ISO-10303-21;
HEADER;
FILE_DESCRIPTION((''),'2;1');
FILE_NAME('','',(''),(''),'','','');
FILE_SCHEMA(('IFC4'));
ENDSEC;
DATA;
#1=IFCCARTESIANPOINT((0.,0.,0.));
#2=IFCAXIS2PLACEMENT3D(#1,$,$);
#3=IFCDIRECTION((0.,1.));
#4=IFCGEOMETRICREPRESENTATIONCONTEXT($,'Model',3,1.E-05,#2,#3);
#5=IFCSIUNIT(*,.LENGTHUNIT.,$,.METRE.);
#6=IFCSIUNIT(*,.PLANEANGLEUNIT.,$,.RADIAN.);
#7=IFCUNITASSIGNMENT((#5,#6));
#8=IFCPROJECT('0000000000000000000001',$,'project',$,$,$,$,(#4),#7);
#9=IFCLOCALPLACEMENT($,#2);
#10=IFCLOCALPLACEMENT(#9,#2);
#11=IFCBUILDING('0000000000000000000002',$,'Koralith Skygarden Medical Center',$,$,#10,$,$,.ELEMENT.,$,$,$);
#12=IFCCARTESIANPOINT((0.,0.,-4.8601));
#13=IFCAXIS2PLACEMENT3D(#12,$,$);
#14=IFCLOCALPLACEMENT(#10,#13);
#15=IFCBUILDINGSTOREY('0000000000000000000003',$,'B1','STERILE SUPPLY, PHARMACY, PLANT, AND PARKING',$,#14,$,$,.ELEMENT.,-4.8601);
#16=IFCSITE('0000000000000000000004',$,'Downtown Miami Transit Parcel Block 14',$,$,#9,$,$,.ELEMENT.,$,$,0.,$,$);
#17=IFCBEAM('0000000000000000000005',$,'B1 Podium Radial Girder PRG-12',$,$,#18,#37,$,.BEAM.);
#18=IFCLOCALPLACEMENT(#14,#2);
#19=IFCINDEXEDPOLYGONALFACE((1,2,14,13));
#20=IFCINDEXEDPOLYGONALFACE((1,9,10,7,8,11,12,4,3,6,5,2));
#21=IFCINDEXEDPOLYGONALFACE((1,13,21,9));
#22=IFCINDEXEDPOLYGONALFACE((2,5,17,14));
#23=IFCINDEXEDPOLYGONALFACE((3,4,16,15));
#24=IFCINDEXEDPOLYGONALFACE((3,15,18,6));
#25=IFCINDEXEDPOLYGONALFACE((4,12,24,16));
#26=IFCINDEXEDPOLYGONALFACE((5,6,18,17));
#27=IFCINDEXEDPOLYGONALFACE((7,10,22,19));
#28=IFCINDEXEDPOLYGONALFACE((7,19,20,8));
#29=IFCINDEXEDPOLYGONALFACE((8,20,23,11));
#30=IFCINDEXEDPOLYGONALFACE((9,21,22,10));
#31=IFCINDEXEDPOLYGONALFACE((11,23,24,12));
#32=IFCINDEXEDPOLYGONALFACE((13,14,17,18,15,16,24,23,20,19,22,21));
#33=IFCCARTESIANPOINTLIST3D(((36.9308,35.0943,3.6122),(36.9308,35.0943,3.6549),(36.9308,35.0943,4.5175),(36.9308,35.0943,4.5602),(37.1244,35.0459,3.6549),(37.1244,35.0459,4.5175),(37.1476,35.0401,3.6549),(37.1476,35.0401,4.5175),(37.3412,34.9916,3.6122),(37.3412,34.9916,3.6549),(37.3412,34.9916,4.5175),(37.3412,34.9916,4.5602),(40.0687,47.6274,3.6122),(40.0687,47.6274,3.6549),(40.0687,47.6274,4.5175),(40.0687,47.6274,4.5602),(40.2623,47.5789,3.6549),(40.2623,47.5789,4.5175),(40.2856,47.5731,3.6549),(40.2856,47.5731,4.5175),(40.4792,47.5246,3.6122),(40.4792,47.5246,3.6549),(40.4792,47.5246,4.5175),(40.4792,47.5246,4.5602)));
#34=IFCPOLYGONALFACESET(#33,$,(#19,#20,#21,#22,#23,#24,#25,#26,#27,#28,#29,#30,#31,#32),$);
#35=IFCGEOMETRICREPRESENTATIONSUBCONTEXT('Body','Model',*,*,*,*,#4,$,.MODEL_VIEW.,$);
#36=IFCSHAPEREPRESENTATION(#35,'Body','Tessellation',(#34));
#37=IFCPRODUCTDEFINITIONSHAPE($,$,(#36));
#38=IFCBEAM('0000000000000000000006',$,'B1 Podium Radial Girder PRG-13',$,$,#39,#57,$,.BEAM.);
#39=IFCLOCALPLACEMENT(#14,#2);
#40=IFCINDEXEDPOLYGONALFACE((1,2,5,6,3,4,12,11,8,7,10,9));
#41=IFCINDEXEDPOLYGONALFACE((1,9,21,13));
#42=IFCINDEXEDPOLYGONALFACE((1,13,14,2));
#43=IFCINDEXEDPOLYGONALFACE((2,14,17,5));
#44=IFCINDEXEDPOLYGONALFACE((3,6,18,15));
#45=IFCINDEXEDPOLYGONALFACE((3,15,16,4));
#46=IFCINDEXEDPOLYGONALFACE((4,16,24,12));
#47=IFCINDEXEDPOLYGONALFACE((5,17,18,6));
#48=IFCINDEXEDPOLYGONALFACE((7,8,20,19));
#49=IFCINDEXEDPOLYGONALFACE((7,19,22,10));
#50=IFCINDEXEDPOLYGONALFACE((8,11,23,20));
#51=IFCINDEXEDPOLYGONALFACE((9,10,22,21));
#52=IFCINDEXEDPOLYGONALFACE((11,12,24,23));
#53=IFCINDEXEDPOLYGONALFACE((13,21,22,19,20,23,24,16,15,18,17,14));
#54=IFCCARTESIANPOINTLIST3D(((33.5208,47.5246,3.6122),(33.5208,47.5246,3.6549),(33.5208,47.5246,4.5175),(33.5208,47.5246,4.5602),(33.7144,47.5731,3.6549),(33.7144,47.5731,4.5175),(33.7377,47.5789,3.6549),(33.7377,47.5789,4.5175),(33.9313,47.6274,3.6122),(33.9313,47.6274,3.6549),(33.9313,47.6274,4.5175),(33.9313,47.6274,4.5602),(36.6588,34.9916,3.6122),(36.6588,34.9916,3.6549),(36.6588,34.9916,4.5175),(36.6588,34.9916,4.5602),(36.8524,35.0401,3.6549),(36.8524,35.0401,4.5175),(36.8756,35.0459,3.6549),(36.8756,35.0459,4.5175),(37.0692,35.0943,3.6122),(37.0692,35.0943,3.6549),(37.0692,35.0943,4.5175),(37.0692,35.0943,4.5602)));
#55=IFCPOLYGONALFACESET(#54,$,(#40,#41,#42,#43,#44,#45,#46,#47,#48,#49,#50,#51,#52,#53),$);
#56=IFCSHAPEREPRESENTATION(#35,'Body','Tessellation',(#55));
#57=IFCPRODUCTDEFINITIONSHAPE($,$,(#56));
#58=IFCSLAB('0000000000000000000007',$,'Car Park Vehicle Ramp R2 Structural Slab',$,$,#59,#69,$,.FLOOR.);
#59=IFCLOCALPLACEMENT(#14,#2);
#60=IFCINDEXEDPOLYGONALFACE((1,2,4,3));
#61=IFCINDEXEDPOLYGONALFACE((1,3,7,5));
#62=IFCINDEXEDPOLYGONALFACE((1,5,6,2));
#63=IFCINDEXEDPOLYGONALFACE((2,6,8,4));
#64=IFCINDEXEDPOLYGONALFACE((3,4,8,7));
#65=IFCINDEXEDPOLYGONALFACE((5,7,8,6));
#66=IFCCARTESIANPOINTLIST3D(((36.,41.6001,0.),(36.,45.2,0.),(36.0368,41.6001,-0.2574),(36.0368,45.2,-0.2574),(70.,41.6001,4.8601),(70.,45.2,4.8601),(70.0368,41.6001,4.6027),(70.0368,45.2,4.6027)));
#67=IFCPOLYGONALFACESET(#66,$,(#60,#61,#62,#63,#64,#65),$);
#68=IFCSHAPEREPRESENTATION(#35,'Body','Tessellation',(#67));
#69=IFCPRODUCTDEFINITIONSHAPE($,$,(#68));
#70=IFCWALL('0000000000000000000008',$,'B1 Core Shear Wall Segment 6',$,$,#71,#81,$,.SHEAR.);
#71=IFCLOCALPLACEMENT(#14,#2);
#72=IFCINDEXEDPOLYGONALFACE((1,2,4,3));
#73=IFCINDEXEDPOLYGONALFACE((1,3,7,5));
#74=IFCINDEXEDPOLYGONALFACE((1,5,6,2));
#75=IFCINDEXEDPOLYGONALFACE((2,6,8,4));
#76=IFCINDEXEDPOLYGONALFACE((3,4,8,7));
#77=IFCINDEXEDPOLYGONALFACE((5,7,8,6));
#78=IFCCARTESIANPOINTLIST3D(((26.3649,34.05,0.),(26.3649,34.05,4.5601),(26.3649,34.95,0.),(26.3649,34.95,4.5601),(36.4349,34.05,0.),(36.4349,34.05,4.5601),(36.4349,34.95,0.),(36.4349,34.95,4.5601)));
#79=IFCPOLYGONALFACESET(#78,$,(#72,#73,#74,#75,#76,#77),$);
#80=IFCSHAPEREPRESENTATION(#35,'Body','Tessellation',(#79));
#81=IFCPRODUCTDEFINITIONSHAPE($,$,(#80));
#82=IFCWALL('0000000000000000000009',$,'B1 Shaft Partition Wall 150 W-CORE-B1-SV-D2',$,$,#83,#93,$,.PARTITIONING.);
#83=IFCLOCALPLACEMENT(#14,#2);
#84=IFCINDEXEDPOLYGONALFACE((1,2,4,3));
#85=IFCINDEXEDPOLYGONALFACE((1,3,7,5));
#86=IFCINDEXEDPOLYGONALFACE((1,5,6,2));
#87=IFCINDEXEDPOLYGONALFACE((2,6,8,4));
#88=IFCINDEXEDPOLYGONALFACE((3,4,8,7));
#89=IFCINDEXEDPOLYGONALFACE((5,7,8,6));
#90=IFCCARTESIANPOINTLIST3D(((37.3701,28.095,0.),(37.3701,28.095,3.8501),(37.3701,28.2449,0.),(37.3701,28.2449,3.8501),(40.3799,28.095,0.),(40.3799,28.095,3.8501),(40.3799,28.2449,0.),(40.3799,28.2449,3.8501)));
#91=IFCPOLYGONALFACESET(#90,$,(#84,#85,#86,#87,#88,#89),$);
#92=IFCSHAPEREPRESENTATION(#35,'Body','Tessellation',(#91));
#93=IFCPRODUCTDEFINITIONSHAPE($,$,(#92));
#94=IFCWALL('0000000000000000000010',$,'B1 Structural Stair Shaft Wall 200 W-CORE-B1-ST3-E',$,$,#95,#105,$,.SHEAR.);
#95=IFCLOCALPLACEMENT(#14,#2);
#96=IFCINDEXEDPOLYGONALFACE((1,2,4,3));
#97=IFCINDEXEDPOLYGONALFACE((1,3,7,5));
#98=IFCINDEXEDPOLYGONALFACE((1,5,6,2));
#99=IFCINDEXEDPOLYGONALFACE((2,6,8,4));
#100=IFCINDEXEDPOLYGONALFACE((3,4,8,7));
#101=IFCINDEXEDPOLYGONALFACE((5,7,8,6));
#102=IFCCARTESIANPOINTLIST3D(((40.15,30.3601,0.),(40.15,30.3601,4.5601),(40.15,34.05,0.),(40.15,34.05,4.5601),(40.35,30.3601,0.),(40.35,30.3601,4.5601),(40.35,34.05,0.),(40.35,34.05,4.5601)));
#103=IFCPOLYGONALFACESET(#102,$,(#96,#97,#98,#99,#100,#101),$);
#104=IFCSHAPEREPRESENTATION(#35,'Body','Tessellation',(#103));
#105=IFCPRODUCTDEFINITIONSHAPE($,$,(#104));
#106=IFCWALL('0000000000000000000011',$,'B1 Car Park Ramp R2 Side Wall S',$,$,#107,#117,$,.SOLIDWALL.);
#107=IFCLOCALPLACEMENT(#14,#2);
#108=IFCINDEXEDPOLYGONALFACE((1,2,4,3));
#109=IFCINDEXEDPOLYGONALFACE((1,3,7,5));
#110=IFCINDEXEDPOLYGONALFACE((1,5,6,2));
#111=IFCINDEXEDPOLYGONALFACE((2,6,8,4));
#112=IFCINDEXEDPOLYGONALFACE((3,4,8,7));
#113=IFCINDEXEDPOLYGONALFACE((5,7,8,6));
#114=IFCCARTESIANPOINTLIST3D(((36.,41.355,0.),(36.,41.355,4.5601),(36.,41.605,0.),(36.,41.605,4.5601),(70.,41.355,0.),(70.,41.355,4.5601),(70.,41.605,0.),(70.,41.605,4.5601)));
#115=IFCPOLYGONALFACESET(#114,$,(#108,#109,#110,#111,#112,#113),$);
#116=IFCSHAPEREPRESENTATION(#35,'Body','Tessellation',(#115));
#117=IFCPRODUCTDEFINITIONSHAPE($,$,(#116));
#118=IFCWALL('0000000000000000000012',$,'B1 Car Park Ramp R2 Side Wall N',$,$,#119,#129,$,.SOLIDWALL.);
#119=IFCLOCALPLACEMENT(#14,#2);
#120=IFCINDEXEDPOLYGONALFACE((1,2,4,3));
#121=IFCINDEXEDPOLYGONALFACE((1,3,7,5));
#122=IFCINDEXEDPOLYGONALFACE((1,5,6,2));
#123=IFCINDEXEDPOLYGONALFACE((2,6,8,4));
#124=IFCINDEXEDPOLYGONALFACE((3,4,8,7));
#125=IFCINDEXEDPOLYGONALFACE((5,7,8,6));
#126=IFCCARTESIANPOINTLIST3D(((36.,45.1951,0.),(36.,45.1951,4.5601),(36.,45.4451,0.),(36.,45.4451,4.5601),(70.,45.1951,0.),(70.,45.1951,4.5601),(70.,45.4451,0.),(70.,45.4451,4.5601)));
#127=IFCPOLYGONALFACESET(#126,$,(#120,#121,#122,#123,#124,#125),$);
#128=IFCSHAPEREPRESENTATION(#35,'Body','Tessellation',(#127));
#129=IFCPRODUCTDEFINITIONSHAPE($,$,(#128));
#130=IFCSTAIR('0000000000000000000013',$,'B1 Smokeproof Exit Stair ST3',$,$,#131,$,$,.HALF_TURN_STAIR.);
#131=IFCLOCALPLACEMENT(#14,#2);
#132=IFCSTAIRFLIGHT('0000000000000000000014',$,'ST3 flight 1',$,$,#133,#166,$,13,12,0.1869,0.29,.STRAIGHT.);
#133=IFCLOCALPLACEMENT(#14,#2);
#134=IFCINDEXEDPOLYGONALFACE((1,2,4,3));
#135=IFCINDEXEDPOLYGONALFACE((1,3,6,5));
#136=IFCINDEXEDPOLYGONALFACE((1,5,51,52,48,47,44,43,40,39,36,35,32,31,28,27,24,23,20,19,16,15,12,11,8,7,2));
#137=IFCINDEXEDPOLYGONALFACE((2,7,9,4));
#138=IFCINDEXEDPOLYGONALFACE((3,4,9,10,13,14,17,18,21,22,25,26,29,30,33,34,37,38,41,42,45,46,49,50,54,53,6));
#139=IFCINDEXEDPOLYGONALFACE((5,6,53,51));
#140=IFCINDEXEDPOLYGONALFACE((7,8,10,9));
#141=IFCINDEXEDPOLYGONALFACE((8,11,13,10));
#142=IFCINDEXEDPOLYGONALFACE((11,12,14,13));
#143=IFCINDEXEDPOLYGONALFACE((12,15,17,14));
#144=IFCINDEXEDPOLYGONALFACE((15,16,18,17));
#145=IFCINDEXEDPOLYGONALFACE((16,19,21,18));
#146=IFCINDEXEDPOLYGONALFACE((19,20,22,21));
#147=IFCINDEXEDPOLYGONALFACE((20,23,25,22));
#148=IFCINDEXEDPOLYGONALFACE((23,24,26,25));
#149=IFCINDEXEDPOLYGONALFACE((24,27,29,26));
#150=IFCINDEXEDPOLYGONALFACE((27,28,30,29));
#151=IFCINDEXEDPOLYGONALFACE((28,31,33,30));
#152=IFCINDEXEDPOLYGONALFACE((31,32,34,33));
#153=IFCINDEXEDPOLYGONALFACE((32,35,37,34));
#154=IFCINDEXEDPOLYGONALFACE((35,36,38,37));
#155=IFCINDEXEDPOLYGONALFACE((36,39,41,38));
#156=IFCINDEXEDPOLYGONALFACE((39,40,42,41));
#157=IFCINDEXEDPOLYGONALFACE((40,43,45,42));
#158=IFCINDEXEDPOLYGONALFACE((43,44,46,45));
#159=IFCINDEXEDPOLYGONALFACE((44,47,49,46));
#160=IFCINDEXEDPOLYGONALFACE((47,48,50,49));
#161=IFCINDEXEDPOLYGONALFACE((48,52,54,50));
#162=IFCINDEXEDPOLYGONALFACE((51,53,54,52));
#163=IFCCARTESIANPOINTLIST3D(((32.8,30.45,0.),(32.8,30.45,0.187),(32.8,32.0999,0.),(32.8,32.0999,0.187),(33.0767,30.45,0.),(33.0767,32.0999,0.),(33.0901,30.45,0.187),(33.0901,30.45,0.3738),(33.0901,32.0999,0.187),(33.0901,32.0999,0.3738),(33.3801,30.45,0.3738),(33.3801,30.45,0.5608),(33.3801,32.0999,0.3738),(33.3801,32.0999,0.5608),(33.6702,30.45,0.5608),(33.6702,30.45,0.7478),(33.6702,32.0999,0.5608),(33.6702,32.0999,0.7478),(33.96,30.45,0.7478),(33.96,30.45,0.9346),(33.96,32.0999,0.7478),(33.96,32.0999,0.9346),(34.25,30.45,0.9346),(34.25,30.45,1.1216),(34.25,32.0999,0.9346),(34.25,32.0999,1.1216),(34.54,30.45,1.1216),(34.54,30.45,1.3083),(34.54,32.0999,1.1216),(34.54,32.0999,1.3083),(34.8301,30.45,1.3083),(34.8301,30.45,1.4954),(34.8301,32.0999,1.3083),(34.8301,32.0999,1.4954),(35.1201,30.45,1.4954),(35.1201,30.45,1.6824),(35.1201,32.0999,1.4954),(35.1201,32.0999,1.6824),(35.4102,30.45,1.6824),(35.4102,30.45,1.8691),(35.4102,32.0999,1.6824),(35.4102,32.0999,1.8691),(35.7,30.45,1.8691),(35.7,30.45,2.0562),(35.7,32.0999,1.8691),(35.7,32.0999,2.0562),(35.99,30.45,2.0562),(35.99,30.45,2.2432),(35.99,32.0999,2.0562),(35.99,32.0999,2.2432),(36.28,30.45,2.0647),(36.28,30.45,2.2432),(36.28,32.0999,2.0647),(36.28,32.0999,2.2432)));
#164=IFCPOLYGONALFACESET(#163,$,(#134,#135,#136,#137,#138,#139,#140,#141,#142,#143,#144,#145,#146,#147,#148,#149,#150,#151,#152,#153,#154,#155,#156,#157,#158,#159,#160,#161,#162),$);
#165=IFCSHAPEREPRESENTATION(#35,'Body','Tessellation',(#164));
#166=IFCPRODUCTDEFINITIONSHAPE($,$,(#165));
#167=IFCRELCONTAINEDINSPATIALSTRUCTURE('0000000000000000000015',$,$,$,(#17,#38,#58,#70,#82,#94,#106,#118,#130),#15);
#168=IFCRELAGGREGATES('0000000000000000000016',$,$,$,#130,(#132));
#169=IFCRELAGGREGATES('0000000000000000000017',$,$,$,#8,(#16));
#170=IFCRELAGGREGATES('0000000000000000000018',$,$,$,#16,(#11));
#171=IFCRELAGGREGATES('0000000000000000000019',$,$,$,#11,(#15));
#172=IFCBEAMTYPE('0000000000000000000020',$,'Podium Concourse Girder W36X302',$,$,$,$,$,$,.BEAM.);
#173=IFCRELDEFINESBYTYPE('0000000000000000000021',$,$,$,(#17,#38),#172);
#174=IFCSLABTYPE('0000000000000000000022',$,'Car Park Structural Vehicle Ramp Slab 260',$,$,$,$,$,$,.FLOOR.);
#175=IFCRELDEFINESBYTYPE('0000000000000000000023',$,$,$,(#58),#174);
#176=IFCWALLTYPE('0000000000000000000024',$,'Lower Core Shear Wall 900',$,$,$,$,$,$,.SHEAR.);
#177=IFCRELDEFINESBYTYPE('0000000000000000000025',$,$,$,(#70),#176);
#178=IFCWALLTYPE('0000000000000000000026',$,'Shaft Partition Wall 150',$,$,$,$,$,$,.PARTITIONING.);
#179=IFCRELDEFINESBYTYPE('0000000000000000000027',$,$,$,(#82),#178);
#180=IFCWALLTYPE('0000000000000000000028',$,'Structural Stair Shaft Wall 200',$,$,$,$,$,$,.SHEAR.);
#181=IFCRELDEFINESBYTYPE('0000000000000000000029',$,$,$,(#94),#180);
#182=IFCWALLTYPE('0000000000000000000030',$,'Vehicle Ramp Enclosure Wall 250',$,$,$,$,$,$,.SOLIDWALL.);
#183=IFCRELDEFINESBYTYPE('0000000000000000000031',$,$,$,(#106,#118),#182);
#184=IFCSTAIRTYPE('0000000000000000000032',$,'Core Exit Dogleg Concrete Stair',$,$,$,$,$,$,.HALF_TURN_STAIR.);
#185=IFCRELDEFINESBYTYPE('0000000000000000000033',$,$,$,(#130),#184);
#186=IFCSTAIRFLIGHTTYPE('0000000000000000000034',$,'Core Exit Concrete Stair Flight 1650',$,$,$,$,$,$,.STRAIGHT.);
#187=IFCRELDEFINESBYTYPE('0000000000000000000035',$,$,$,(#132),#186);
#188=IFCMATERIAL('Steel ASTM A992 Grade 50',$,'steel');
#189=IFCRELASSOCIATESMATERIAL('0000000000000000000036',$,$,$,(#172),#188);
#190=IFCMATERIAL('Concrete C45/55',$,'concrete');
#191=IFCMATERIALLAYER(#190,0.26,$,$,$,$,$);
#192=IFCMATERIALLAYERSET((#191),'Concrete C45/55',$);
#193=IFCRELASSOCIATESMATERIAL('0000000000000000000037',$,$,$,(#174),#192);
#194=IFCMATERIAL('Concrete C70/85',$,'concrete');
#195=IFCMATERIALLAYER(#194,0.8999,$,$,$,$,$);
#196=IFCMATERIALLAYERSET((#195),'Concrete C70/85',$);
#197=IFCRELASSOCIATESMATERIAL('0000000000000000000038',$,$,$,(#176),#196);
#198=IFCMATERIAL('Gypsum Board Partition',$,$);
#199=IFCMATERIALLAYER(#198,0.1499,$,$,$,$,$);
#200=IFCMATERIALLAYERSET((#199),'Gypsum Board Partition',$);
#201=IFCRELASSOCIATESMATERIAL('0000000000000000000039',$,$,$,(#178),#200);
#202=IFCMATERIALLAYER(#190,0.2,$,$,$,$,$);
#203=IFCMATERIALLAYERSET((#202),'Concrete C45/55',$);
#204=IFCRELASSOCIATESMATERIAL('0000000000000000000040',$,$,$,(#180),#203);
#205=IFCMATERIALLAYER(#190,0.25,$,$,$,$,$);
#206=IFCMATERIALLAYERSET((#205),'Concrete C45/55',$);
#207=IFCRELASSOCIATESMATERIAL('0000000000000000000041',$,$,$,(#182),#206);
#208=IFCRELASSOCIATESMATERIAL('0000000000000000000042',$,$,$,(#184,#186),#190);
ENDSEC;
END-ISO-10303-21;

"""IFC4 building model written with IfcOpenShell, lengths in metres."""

from ifc_helpers import new_model, si_unit, direction, frame, frame_2d, origin, origin_2d, place, context, subcontext, project, spatial, polyline, rectangle, i_section, outline, extrude, material, layer, layer_set, material_profile, profile_set, type_object, element, aggregate, save


model = new_model("IFC4")

# Units and contexts
model_context = context("Model", 3, precision=1e-05, world=origin(), true_north=direction((0.0, 1.0)))
body_context = subcontext(model_context, "Body", "Model", "MODEL_VIEW")
ifc_project = project(units=[si_unit("LENGTHUNIT", "METRE"), si_unit("PLANEANGLEUNIT", "RADIAN")], contexts=[model_context])

# Site, building, storey
site_placement = place(None, origin())
site = spatial("IfcSite", under=ifc_project, at=site_placement, Name="Downtown Miami Transit Parcel Block 14", CompositionType="ELEMENT", RefElevation=0.0)
building_placement = place(site_placement, origin())
building = spatial("IfcBuilding", under=site, at=building_placement, Name="Koralith Skygarden Medical Center", CompositionType="ELEMENT")
storey_placement = place(building_placement, frame((0.0, 0.0, -4.8601)))
storey = spatial("IfcBuildingStorey", under=building, at=storey_placement, Name="B1", Description="STERILE SUPPLY, PHARMACY, PLANT, AND PARKING", CompositionType="ELEMENT", Elevation=-4.8601)

# Shared definitions
ifc_material_1 = material(Name="Concrete C70/85", Category="concrete")

# Beams
ifc_material_2 = material(Name="Steel ASTM A992 Grade 50", Category="steel")
ifc_material_profile_1 = material_profile(ifc_material_2, i_section(OverallWidth=0.4231, OverallDepth=0.948, WebThickness=0.0239, FlangeThickness=0.0427, at=origin_2d()), Name="W36X302")
ifc_profile_set_1 = profile_set([ifc_material_profile_1], Name="Steel ASTM A992 Grade 50")
beam_type_1 = type_object("IfcBeamType", Name="Podium Concourse Girder W36X302", PredefinedType="BEAM", material=ifc_profile_set_1)
for number, where, z_axis, x_axis, name in (
    (1, (37.136, 35.043, 4.0862), (0.242878, 0.970057, 0.0), (-0.970057, 0.242878, 0.0), "B1 Podium Radial Girder PRG-12"),
    (2, (36.864, 35.043, 4.0862), (-0.242878, 0.970057, 0.0), (-0.970057, -0.242878, 0.0), "B1 Podium Radial Girder PRG-13"),
):
    element("IfcBeam", number, at=place(storey_placement, frame(where, z_axis=z_axis, x_axis=x_axis)), inside=storey, type_object=beam_type_1, Name=name, PredefinedType="BEAM", context=body_context, shape_type="SweptSolid", body=[
        extrude(i_section(OverallWidth=0.4231, OverallDepth=0.948, WebThickness=0.0239, FlangeThickness=0.0427, at=origin_2d()), origin(), (0.0, 0.0, 1.0), 12.9199),
    ])

# Slab
ifc_material_3 = material(Name="Concrete C45/55", Category="concrete")
ifc_layer_1 = layer(ifc_material_3, 0.26)
ifc_layer_set_1 = layer_set([ifc_layer_1], Name="Concrete C45/55")
slab_type = type_object("IfcSlabType", Name="Car Park Structural Vehicle Ramp Slab 260", PredefinedType="FLOOR", material=ifc_layer_set_1)
slab_placement = place(storey_placement, frame((36.0, 41.6001, 0.0), z_axis=(-0.141506, 0.0, 0.989937), x_axis=(0.989937, 0.0, 0.141506)))
element("IfcSlab", 3, at=slab_placement, inside=storey, type_object=slab_type, Name="Car Park Vehicle Ramp R2 Structural Slab", PredefinedType="FLOOR", context=body_context, shape_type="SweptSolid", body=[
    extrude(outline(polyline([(0.0, 0.0), (34.3456, 0.0), (34.3456, 3.5999), (0.0, 3.5999), (0.0, 0.0)])), origin(), (0.0, 0.0, -1.0), 0.26),
])

# Walls
ifc_layer_2 = layer(ifc_material_1, 0.8999)
ifc_layer_set_2 = layer_set([ifc_layer_2], Name="Concrete C70/85")
wall_type_1 = type_object("IfcWallType", Name="Lower Core Shear Wall 900", PredefinedType="SHEAR", material=ifc_layer_set_2)
wall_1_placement = place(storey_placement, frame((36.4351, 34.5, 0.0), z_axis=(0.0, 0.0, 1.0), x_axis=(-1.0, 0.0, 0.0)))
element("IfcWall", 4, at=wall_1_placement, inside=storey, type_object=wall_type_1, Name="B1 Core Shear Wall Segment 6", PredefinedType="SHEAR", context=body_context, shape_type="SweptSolid", body=[
    extrude(rectangle(XDim=10.0701, YDim=0.8999, at=frame_2d((5.0352, 0.0))), origin(), (0.0, 0.0, 1.0), 4.5601),
])
ifc_material_4 = material(Name="Gypsum Board Partition")
ifc_layer_3 = layer(ifc_material_4, 0.1499)
ifc_layer_set_3 = layer_set([ifc_layer_3], Name="Gypsum Board Partition")
wall_type_2 = type_object("IfcWallType", Name="Shaft Partition Wall 150", PredefinedType="PARTITIONING", material=ifc_layer_set_3)
wall_2_placement = place(storey_placement, frame((37.3701, 28.1699, 0.0), z_axis=(0.0, 0.0, 1.0), x_axis=(1.0, 0.0, 0.0)))
element("IfcWall", 5, at=wall_2_placement, inside=storey, type_object=wall_type_2, Name="B1 Shaft Partition Wall 150 W-CORE-B1-SV-D2", PredefinedType="PARTITIONING", context=body_context, shape_type="SweptSolid", body=[
    extrude(rectangle(XDim=3.0098, YDim=0.1499, at=frame_2d((1.5049, 0.0))), origin(), (0.0, 0.0, 1.0), 3.8501),
])
ifc_layer_4 = layer(ifc_material_3, 0.2)
ifc_layer_set_4 = layer_set([ifc_layer_4], Name="Concrete C45/55")
wall_type_3 = type_object("IfcWallType", Name="Structural Stair Shaft Wall 200", PredefinedType="SHEAR", material=ifc_layer_set_4)
wall_3_placement = place(storey_placement, frame((40.25, 30.3601, 0.0), z_axis=(0.0, 0.0, 1.0), x_axis=(0.0, 1.0, 0.0)))
element("IfcWall", 6, at=wall_3_placement, inside=storey, type_object=wall_type_3, Name="B1 Structural Stair Shaft Wall 200 W-CORE-B1-ST3-E", PredefinedType="SHEAR", context=body_context, shape_type="SweptSolid", body=[
    extrude(rectangle(XDim=3.6899, YDim=0.2, at=frame_2d((1.845, 0.0))), origin(), (0.0, 0.0, 1.0), 4.5601),
])
ifc_layer_5 = layer(ifc_material_3, 0.25)
ifc_layer_set_5 = layer_set([ifc_layer_5], Name="Concrete C45/55")
wall_type_4 = type_object("IfcWallType", Name="Vehicle Ramp Enclosure Wall 250", PredefinedType="SOLIDWALL", material=ifc_layer_set_5)
for number, where, z_axis, x_axis, name in (
    (7, (36.0, 41.48, 0.0), (0.0, 0.0, 1.0), (1.0, 0.0, 0.0), "B1 Car Park Ramp R2 Side Wall S"),
    (8, (36.0, 45.3201, 0.0), (0.0, 0.0, 1.0), (1.0, 0.0, 0.0), "B1 Car Park Ramp R2 Side Wall N"),
):
    element("IfcWall", number, at=place(storey_placement, frame(where, z_axis=z_axis, x_axis=x_axis)), inside=storey, type_object=wall_type_4, Name=name, PredefinedType="SOLIDWALL", context=body_context, shape_type="SweptSolid", body=[
        extrude(rectangle(XDim=34.0, YDim=0.25, at=frame_2d((17.0, 0.0))), origin(), (0.0, 0.0, 1.0), 4.5601),
    ])

# Stair, stair flight
stair_type = type_object("IfcStairType", Name="Core Exit Dogleg Concrete Stair", PredefinedType="HALF_TURN_STAIR", material=ifc_material_3)
stair_placement = place(storey_placement, origin())
stair = element("IfcStair", 9, at=stair_placement, inside=storey, type_object=stair_type, Name="B1 Smokeproof Exit Stair ST3", PredefinedType="HALF_TURN_STAIR")
stair_flight_type = type_object("IfcStairFlightType", Name="Core Exit Concrete Stair Flight 1650", PredefinedType="STRAIGHT", material=ifc_material_3)
stair_flight_1_placement = place(storey_placement, frame((32.8, 31.2749, 0.0), z_axis=(0.0, 0.0, 1.0), x_axis=(1.0, 0.0, 0.0)))
stair_flight_1 = element("IfcStairFlight", 10, at=stair_flight_1_placement, type_object=stair_flight_type, Name="ST3 flight 1", NumberOfRisers=13, NumberOfTreads=12, PredefinedType="STRAIGHT", RiserHeight=0.1869, TreadLength=0.29, context=body_context, shape_type="SweptSolid", body=[
    extrude(outline(polyline([(0.0, 0.0), (0.0, 0.187), (0.29, 0.187), (0.29, 0.3738), (0.5801, 0.3738), (0.5801, 0.5608), (0.8701, 0.5608), (0.8701, 0.7478), (1.1599, 0.7478), (1.1599, 0.9346), (1.45, 0.9346), (1.45, 1.1216), (1.74, 1.1216), (1.74, 1.3083), (2.03, 1.3083), (2.03, 1.4954), (2.3201, 1.4954), (2.3201, 1.6824), (2.6101, 1.6824), (2.6101, 1.8691), (2.8999, 1.8691), (2.8999, 2.0562), (3.1899, 2.0562), (3.1899, 2.2432), (3.48, 2.2432), (3.48, 2.4299), (3.48, 2.0647), (0.2766, 0.0), (0.0, 0.0)])), frame((0.0, 0.825, 0.0), z_axis=(0.0, -1.0, 0.0), x_axis=(1.0, 0.0, 0.0)), (0.0, 0.0, 1.0), 1.6499),
])
aggregate(stair, [stair_flight_1])

save(model, "model.ifc")
